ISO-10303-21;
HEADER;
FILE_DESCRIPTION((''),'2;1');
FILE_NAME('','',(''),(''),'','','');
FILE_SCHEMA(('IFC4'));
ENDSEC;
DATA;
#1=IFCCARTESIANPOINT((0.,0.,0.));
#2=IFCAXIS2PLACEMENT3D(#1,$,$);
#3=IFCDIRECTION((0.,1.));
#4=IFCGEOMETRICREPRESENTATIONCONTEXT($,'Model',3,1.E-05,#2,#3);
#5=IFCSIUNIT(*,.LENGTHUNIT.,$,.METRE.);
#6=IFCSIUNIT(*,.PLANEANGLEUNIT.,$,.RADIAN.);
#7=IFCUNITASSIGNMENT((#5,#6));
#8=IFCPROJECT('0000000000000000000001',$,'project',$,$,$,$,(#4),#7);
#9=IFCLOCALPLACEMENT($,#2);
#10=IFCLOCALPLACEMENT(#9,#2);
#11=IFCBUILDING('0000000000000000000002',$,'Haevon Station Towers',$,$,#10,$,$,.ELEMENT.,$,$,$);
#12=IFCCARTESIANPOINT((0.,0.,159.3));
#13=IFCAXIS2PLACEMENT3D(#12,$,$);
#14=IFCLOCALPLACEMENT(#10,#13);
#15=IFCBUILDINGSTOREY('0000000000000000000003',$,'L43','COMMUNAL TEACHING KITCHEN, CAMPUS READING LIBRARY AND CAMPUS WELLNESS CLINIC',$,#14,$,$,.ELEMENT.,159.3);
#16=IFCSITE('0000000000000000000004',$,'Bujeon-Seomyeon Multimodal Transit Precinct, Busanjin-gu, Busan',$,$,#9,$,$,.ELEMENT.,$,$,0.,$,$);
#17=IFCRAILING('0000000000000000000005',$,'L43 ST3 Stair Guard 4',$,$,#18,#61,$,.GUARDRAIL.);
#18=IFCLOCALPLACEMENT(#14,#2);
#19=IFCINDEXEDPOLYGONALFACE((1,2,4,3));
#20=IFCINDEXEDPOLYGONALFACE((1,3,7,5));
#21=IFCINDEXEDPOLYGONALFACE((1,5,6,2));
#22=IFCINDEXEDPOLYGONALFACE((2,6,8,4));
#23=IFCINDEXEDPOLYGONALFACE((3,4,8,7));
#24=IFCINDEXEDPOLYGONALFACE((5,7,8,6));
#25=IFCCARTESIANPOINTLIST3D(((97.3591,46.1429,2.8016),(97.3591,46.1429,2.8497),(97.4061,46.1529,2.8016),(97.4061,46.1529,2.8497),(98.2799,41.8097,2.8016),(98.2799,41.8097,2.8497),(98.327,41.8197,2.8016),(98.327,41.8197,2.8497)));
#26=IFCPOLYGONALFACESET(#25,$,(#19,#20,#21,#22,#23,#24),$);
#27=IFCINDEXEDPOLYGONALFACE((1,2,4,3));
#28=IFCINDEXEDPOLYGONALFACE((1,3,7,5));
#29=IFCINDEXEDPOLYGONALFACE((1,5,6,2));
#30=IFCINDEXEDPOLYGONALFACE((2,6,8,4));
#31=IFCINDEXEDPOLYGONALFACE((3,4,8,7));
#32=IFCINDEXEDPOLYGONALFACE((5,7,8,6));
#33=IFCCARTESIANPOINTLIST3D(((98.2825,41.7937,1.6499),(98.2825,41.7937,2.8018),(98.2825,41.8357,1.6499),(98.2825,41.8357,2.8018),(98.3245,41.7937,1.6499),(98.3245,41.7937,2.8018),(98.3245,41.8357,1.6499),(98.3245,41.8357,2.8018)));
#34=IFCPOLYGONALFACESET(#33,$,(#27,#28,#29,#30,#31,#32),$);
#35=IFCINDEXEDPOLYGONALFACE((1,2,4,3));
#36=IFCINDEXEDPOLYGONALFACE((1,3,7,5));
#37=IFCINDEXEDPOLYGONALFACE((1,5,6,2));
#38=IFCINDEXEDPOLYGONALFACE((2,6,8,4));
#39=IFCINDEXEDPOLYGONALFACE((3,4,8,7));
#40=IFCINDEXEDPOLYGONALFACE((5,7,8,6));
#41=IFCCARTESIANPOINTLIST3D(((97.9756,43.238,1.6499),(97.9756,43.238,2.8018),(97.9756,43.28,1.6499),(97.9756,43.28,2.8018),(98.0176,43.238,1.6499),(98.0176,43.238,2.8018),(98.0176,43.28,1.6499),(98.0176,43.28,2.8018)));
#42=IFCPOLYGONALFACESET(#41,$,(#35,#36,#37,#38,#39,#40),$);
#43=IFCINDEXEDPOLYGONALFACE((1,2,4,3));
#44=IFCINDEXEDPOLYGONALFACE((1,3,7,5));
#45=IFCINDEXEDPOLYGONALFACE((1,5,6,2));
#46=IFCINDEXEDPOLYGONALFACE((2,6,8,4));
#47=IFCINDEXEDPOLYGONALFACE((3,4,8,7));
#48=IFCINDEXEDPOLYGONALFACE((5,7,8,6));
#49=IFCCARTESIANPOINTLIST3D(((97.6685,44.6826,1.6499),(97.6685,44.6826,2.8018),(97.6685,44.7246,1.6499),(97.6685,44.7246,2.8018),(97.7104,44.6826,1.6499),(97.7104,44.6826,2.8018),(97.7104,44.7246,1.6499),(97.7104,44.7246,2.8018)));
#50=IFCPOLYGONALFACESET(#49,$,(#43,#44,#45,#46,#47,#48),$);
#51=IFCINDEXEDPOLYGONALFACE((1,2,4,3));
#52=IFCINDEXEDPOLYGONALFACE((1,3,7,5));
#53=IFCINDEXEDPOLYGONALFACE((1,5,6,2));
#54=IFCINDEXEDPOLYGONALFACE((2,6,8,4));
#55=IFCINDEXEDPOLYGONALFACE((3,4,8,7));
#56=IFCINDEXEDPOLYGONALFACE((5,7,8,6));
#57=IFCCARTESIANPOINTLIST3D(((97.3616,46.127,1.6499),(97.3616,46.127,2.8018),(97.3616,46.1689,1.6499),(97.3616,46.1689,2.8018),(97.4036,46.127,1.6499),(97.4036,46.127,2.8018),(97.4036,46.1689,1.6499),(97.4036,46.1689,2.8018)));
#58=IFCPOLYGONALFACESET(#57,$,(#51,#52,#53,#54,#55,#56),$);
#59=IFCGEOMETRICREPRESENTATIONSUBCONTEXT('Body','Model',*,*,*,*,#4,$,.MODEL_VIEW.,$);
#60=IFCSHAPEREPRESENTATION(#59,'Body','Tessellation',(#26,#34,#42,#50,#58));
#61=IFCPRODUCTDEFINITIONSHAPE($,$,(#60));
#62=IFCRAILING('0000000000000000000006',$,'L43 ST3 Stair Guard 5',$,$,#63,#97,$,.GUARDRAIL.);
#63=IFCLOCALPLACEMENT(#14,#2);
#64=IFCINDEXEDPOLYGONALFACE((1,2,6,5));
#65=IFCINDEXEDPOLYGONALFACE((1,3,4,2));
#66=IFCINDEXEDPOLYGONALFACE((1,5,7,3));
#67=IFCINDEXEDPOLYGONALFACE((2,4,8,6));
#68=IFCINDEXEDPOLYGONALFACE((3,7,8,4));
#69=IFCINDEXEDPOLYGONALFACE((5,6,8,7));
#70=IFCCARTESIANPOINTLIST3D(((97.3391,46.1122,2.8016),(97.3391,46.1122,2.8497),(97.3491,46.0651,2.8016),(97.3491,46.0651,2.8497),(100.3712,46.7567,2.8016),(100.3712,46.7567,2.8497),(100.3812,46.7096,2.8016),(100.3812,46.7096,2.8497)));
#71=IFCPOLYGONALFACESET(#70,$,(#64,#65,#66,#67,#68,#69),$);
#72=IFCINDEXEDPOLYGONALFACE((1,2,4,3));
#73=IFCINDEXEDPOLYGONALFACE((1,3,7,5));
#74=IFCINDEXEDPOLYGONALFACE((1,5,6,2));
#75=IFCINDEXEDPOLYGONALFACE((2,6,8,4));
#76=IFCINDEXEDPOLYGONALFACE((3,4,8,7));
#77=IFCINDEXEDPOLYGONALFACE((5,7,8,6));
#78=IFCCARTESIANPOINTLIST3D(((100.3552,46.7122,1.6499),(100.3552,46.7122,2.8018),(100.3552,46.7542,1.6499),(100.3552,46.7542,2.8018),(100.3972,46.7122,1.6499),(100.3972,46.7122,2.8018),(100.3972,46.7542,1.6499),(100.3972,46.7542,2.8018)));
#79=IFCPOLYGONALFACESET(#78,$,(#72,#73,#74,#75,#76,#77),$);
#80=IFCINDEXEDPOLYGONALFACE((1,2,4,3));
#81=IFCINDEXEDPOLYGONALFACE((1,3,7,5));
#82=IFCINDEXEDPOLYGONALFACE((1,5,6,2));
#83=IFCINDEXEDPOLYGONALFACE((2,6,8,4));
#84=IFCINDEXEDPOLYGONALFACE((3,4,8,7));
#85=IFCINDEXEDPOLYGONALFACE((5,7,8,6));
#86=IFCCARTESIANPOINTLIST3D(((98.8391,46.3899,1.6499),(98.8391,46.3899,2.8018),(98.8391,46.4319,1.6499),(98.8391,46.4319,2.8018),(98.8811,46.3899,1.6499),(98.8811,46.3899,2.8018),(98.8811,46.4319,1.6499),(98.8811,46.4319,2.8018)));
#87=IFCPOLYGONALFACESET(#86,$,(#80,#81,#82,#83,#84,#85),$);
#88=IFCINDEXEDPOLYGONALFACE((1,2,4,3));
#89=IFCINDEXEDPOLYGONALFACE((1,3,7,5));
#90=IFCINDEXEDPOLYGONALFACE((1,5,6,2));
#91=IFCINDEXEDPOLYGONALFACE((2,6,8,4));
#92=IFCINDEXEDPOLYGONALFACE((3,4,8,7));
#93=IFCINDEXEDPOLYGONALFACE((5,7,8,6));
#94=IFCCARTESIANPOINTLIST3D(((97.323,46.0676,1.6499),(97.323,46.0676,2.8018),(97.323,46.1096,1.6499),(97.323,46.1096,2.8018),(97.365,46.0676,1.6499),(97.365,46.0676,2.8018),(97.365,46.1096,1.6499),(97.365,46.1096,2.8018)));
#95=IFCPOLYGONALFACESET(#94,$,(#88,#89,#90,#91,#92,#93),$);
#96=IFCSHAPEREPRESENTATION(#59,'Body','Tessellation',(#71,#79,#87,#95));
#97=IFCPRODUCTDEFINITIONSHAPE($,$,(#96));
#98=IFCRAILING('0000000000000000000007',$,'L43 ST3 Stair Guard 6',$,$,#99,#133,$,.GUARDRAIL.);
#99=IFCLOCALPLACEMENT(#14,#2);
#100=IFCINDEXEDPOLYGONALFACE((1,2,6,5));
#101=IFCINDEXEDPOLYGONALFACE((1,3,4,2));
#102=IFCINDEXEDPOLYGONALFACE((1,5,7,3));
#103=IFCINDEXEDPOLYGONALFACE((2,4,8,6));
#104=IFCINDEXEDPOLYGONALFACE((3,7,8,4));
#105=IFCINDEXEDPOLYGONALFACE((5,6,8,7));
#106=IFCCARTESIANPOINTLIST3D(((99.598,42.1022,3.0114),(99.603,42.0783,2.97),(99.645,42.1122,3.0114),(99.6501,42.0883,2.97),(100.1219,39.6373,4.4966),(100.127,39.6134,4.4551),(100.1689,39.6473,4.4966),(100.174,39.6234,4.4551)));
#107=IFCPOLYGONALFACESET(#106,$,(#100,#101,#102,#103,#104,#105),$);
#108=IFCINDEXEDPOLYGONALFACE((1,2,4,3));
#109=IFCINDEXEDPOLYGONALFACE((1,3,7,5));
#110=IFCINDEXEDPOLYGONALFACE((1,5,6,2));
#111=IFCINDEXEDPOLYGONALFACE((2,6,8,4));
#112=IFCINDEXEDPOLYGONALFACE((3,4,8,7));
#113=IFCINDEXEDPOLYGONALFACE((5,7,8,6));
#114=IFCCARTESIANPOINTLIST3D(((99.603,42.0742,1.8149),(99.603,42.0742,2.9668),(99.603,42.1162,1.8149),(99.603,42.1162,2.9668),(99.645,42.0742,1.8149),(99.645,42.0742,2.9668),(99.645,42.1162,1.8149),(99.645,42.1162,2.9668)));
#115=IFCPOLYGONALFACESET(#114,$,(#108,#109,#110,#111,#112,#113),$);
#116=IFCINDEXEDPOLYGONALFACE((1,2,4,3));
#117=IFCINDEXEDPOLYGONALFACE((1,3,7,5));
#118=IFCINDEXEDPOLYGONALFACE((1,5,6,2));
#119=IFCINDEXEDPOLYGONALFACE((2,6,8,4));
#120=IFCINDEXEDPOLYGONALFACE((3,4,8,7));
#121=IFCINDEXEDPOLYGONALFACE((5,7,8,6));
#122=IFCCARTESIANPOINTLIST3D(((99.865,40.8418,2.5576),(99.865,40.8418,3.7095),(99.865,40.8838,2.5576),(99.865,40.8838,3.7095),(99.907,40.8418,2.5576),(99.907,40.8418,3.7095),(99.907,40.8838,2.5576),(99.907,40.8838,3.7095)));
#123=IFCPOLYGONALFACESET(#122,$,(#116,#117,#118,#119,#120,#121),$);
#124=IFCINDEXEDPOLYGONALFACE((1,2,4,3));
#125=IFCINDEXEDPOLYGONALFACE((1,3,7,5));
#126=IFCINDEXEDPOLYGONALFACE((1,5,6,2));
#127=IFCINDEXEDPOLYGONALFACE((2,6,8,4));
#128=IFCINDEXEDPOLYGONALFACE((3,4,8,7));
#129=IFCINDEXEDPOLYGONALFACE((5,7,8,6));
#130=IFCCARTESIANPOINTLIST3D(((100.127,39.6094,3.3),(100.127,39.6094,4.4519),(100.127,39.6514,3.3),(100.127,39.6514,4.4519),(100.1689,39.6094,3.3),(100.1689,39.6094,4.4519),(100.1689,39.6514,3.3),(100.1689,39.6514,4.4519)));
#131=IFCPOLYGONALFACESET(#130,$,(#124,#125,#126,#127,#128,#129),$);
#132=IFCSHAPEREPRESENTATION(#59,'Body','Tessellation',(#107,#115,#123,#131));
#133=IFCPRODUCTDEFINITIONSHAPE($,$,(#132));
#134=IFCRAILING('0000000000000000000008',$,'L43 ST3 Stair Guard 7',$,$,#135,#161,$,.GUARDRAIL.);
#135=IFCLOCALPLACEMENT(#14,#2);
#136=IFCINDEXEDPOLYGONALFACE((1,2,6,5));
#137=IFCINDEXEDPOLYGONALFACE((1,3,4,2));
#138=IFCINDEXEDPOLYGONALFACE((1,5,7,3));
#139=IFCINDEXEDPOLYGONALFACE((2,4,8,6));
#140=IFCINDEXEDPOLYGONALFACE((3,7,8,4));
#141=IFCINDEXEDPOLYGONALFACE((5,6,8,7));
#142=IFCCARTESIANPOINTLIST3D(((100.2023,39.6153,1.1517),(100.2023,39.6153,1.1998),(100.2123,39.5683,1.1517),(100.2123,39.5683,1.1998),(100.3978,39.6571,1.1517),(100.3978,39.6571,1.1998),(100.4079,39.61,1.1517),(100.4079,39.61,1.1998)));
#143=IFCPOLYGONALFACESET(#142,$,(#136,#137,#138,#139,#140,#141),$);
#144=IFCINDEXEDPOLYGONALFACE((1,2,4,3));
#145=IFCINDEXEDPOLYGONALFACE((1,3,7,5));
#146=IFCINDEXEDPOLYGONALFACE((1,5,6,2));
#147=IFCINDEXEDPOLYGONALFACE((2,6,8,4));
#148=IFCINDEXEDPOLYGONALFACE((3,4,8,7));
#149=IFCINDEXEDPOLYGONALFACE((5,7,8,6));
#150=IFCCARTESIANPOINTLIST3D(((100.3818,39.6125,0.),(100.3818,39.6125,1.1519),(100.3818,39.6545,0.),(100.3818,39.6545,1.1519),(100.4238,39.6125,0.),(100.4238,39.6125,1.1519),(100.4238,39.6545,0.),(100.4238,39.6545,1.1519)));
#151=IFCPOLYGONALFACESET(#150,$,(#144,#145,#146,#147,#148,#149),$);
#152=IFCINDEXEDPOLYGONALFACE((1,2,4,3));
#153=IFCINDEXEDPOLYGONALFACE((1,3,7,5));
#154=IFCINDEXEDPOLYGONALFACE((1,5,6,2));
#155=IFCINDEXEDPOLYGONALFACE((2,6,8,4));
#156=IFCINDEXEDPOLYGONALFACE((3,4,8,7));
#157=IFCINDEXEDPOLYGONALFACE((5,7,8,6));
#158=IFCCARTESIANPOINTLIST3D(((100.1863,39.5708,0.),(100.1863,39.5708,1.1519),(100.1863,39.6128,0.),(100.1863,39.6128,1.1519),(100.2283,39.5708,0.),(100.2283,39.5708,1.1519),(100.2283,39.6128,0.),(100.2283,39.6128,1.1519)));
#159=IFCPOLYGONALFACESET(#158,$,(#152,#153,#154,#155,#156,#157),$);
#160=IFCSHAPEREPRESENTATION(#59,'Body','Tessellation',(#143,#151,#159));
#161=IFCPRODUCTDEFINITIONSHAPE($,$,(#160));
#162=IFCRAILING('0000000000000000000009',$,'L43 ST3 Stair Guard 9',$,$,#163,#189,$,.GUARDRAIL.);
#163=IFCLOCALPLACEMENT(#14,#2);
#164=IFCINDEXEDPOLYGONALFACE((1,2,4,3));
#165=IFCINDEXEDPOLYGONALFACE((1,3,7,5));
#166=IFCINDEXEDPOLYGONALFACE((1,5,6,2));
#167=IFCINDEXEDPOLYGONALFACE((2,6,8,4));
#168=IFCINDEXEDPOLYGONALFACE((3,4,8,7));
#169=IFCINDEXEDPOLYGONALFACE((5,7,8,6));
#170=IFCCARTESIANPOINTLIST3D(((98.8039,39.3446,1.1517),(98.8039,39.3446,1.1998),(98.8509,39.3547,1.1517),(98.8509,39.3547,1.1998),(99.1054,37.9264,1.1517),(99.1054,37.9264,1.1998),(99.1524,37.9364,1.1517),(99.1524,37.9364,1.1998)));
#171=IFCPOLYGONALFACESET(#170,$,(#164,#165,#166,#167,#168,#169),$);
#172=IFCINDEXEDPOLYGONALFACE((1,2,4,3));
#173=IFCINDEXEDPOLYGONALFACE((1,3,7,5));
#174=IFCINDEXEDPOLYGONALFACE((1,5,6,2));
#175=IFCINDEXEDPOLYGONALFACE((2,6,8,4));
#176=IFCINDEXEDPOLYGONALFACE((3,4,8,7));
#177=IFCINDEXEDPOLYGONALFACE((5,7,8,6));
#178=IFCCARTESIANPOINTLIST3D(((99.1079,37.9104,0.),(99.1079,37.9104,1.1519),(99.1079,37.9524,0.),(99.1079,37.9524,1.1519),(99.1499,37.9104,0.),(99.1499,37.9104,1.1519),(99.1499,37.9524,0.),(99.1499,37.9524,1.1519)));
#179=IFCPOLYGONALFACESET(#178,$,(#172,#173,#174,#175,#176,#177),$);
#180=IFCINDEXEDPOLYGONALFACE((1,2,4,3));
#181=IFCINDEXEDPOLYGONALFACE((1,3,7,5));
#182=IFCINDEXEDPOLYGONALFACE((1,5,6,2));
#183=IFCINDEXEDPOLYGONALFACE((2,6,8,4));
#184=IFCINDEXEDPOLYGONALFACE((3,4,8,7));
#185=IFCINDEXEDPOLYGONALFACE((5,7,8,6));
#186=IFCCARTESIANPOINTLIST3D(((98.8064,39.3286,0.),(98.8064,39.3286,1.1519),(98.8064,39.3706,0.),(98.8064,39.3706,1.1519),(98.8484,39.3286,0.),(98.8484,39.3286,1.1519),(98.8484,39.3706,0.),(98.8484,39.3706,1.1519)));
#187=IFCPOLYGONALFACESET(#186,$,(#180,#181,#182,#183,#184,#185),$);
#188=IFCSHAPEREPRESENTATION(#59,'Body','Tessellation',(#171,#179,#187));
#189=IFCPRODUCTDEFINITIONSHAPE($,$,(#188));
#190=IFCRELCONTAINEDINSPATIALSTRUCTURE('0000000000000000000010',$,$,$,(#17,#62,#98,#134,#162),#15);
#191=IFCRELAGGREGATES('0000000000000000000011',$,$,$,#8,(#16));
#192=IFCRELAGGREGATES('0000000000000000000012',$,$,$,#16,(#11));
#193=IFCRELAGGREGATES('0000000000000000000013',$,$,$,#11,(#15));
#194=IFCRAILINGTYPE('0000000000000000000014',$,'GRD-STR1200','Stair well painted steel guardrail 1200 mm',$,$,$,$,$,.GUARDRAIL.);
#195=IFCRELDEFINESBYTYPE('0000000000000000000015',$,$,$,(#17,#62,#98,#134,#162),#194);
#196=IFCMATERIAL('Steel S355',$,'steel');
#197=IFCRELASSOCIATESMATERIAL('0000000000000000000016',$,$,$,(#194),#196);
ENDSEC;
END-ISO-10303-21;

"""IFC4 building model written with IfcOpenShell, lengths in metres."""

from ifc_helpers import new_model, si_unit, direction, frame, origin, origin_2d, place, context, subcontext, project, spatial, rectangle, extrude, material, type_object, element, save


model = new_model("IFC4")

# Units and contexts
model_context = context("Model", 3, precision=1e-05, world=origin(), true_north=direction((0.0, 1.0)))
body_context = subcontext(model_context, "Body", "Model", "MODEL_VIEW")
ifc_project = project(units=[si_unit("LENGTHUNIT", "METRE"), si_unit("PLANEANGLEUNIT", "RADIAN")], contexts=[model_context])

# Site, building, storey
site_placement = place(None, origin())
site = spatial("IfcSite", under=ifc_project, at=site_placement, Name="Bujeon-Seomyeon Multimodal Transit Precinct, Busanjin-gu, Busan", CompositionType="ELEMENT", RefElevation=0.0)
building_placement = place(site_placement, origin())
building = spatial("IfcBuilding", under=site, at=building_placement, Name="Haevon Station Towers", CompositionType="ELEMENT")
storey_placement = place(building_placement, frame((0.0, 0.0, 159.3)))
storey = spatial("IfcBuildingStorey", under=building, at=storey_placement, Name="L43", Description="COMMUNAL TEACHING KITCHEN, CAMPUS READING LIBRARY AND CAMPUS WELLNESS CLINIC", CompositionType="ELEMENT", Elevation=159.3)

# Shared definitions
ifc_material_1 = material(Name="Steel S355", Category="steel")

# Railings
railing_type_1 = type_object("IfcRailingType", Name="GRD-STR1200", Description="Stair well painted steel guardrail 1200 mm", PredefinedType="GUARDRAIL", material=ifc_material_1)
railing_1_placement = place(storey_placement, frame((98.3035, 41.8147, 1.6499)))
element("IfcRailing", 1, at=railing_1_placement, inside=storey, type_object=railing_type_1, Name="L43 ST3 Stair Guard 4", PredefinedType="GUARDRAIL", context=body_context, shape_type="SweptSolid", body=[
    extrude(rectangle(XDim=0.0481, YDim=0.0481, at=origin_2d()), frame((0.0, 0.0, 1.1758), z_axis=(-0.207877, 0.978155, 0.0), x_axis=(-0.978155, -0.207877, 0.0)), (0.0, 0.0, 1.0), 4.4299),
    extrude(rectangle(XDim=0.042, YDim=0.042, at=origin_2d()), origin(), (0.0, 0.0, 1.0), 1.1519),
    extrude(rectangle(XDim=0.042, YDim=0.042, at=origin_2d()), frame((-0.3069, 1.4443, 0.0)), (0.0, 0.0, 1.0), 1.1519),
    extrude(rectangle(XDim=0.042, YDim=0.042, at=origin_2d()), frame((-0.614, 2.8889, 0.0)), (0.0, 0.0, 1.0), 1.1519),
    extrude(rectangle(XDim=0.042, YDim=0.042, at=origin_2d()), frame((-0.9209, 4.3333, 0.0)), (0.0, 0.0, 1.0), 1.1519),
])
railing_2_placement = place(storey_placement, frame((100.3762, 46.7332, 1.6499)))
element("IfcRailing", 2, at=railing_2_placement, inside=storey, type_object=railing_type_1, Name="L43 ST3 Stair Guard 5", PredefinedType="GUARDRAIL", context=body_context, shape_type="SweptSolid", body=[
    extrude(rectangle(XDim=0.0481, YDim=0.0481, at=origin_2d()), frame((0.0, 0.0, 1.1758), z_axis=(-0.978147, -0.207915, 0.0), x_axis=(0.207915, -0.978147, 0.0)), (0.0, 0.0, 1.0), 3.0999),
    extrude(rectangle(XDim=0.042, YDim=0.042, at=origin_2d()), origin(), (0.0, 0.0, 1.0), 1.1519),
    extrude(rectangle(XDim=0.042, YDim=0.042, at=origin_2d()), frame((-1.5161, -0.3223, 0.0)), (0.0, 0.0, 1.0), 1.1519),
    extrude(rectangle(XDim=0.042, YDim=0.042, at=origin_2d()), frame((-3.0322, -0.6445, 0.0)), (0.0, 0.0, 1.0), 1.1519),
])
railing_3_placement = place(storey_placement, frame((99.624, 42.0952, 1.8149)))
element("IfcRailing", 3, at=railing_3_placement, inside=storey, type_object=railing_type_1, Name="L43 ST3 Stair Guard 6", PredefinedType="GUARDRAIL", context=body_context, shape_type="SweptSolid", body=[
    extrude(rectangle(XDim=0.0481, YDim=0.0481, at=origin_2d()), frame((0.0, 0.0, 1.1758), z_axis=(0.179121, -0.842688, 0.507733), x_axis=(0.978147, 0.207914, 0.0)), (0.0, 0.0, 1.0), 2.925),
    extrude(rectangle(XDim=0.042, YDim=0.042, at=origin_2d()), origin(), (0.0, 0.0, 1.0), 1.1519),
    extrude(rectangle(XDim=0.042, YDim=0.042, at=origin_2d()), frame((0.262, -1.2324, 0.7427)), (0.0, 0.0, 1.0), 1.1519),
    extrude(rectangle(XDim=0.042, YDim=0.042, at=origin_2d()), frame((0.5239, -2.4648, 1.4851)), (0.0, 0.0, 1.0), 1.1519),
])
railing_4_placement = place(storey_placement, frame((100.4028, 39.6335, 0.0)))
element("IfcRailing", 4, at=railing_4_placement, inside=storey, type_object=railing_type_1, Name="L43 ST3 Stair Guard 7", PredefinedType="GUARDRAIL", context=body_context, shape_type="SweptSolid", body=[
    extrude(rectangle(XDim=0.0481, YDim=0.0481, at=origin_2d()), frame((0.0, 0.0, 1.1758), z_axis=(-0.977963, -0.208779, 0.0), x_axis=(0.208779, -0.977963, 0.0)), (0.0, 0.0, 1.0), 0.2),
    extrude(rectangle(XDim=0.042, YDim=0.042, at=origin_2d()), origin(), (0.0, 0.0, 1.0), 1.1519),
    extrude(rectangle(XDim=0.042, YDim=0.042, at=origin_2d()), frame((-0.1956, -0.0417, 0.0)), (0.0, 0.0, 1.0), 1.1519),
])
railing_5_placement = place(storey_placement, frame((99.1289, 37.9314, 0.0)))
element("IfcRailing", 5, at=railing_5_placement, inside=storey, type_object=railing_type_1, Name="L43 ST3 Stair Guard 9", PredefinedType="GUARDRAIL", context=body_context, shape_type="SweptSolid", body=[
    extrude(rectangle(XDim=0.0481, YDim=0.0481, at=origin_2d()), frame((0.0, 0.0, 1.1758), z_axis=(-0.207953, 0.978139, 0.0), x_axis=(-0.978139, -0.207953, 0.0)), (0.0, 0.0, 1.0), 1.45),
    extrude(rectangle(XDim=0.042, YDim=0.042, at=origin_2d()), origin(), (0.0, 0.0, 1.0), 1.1519),
    extrude(rectangle(XDim=0.042, YDim=0.042, at=origin_2d()), frame((-0.3015, 1.4182, 0.0)), (0.0, 0.0, 1.0), 1.1519),
])

save(model, "model.ifc")
